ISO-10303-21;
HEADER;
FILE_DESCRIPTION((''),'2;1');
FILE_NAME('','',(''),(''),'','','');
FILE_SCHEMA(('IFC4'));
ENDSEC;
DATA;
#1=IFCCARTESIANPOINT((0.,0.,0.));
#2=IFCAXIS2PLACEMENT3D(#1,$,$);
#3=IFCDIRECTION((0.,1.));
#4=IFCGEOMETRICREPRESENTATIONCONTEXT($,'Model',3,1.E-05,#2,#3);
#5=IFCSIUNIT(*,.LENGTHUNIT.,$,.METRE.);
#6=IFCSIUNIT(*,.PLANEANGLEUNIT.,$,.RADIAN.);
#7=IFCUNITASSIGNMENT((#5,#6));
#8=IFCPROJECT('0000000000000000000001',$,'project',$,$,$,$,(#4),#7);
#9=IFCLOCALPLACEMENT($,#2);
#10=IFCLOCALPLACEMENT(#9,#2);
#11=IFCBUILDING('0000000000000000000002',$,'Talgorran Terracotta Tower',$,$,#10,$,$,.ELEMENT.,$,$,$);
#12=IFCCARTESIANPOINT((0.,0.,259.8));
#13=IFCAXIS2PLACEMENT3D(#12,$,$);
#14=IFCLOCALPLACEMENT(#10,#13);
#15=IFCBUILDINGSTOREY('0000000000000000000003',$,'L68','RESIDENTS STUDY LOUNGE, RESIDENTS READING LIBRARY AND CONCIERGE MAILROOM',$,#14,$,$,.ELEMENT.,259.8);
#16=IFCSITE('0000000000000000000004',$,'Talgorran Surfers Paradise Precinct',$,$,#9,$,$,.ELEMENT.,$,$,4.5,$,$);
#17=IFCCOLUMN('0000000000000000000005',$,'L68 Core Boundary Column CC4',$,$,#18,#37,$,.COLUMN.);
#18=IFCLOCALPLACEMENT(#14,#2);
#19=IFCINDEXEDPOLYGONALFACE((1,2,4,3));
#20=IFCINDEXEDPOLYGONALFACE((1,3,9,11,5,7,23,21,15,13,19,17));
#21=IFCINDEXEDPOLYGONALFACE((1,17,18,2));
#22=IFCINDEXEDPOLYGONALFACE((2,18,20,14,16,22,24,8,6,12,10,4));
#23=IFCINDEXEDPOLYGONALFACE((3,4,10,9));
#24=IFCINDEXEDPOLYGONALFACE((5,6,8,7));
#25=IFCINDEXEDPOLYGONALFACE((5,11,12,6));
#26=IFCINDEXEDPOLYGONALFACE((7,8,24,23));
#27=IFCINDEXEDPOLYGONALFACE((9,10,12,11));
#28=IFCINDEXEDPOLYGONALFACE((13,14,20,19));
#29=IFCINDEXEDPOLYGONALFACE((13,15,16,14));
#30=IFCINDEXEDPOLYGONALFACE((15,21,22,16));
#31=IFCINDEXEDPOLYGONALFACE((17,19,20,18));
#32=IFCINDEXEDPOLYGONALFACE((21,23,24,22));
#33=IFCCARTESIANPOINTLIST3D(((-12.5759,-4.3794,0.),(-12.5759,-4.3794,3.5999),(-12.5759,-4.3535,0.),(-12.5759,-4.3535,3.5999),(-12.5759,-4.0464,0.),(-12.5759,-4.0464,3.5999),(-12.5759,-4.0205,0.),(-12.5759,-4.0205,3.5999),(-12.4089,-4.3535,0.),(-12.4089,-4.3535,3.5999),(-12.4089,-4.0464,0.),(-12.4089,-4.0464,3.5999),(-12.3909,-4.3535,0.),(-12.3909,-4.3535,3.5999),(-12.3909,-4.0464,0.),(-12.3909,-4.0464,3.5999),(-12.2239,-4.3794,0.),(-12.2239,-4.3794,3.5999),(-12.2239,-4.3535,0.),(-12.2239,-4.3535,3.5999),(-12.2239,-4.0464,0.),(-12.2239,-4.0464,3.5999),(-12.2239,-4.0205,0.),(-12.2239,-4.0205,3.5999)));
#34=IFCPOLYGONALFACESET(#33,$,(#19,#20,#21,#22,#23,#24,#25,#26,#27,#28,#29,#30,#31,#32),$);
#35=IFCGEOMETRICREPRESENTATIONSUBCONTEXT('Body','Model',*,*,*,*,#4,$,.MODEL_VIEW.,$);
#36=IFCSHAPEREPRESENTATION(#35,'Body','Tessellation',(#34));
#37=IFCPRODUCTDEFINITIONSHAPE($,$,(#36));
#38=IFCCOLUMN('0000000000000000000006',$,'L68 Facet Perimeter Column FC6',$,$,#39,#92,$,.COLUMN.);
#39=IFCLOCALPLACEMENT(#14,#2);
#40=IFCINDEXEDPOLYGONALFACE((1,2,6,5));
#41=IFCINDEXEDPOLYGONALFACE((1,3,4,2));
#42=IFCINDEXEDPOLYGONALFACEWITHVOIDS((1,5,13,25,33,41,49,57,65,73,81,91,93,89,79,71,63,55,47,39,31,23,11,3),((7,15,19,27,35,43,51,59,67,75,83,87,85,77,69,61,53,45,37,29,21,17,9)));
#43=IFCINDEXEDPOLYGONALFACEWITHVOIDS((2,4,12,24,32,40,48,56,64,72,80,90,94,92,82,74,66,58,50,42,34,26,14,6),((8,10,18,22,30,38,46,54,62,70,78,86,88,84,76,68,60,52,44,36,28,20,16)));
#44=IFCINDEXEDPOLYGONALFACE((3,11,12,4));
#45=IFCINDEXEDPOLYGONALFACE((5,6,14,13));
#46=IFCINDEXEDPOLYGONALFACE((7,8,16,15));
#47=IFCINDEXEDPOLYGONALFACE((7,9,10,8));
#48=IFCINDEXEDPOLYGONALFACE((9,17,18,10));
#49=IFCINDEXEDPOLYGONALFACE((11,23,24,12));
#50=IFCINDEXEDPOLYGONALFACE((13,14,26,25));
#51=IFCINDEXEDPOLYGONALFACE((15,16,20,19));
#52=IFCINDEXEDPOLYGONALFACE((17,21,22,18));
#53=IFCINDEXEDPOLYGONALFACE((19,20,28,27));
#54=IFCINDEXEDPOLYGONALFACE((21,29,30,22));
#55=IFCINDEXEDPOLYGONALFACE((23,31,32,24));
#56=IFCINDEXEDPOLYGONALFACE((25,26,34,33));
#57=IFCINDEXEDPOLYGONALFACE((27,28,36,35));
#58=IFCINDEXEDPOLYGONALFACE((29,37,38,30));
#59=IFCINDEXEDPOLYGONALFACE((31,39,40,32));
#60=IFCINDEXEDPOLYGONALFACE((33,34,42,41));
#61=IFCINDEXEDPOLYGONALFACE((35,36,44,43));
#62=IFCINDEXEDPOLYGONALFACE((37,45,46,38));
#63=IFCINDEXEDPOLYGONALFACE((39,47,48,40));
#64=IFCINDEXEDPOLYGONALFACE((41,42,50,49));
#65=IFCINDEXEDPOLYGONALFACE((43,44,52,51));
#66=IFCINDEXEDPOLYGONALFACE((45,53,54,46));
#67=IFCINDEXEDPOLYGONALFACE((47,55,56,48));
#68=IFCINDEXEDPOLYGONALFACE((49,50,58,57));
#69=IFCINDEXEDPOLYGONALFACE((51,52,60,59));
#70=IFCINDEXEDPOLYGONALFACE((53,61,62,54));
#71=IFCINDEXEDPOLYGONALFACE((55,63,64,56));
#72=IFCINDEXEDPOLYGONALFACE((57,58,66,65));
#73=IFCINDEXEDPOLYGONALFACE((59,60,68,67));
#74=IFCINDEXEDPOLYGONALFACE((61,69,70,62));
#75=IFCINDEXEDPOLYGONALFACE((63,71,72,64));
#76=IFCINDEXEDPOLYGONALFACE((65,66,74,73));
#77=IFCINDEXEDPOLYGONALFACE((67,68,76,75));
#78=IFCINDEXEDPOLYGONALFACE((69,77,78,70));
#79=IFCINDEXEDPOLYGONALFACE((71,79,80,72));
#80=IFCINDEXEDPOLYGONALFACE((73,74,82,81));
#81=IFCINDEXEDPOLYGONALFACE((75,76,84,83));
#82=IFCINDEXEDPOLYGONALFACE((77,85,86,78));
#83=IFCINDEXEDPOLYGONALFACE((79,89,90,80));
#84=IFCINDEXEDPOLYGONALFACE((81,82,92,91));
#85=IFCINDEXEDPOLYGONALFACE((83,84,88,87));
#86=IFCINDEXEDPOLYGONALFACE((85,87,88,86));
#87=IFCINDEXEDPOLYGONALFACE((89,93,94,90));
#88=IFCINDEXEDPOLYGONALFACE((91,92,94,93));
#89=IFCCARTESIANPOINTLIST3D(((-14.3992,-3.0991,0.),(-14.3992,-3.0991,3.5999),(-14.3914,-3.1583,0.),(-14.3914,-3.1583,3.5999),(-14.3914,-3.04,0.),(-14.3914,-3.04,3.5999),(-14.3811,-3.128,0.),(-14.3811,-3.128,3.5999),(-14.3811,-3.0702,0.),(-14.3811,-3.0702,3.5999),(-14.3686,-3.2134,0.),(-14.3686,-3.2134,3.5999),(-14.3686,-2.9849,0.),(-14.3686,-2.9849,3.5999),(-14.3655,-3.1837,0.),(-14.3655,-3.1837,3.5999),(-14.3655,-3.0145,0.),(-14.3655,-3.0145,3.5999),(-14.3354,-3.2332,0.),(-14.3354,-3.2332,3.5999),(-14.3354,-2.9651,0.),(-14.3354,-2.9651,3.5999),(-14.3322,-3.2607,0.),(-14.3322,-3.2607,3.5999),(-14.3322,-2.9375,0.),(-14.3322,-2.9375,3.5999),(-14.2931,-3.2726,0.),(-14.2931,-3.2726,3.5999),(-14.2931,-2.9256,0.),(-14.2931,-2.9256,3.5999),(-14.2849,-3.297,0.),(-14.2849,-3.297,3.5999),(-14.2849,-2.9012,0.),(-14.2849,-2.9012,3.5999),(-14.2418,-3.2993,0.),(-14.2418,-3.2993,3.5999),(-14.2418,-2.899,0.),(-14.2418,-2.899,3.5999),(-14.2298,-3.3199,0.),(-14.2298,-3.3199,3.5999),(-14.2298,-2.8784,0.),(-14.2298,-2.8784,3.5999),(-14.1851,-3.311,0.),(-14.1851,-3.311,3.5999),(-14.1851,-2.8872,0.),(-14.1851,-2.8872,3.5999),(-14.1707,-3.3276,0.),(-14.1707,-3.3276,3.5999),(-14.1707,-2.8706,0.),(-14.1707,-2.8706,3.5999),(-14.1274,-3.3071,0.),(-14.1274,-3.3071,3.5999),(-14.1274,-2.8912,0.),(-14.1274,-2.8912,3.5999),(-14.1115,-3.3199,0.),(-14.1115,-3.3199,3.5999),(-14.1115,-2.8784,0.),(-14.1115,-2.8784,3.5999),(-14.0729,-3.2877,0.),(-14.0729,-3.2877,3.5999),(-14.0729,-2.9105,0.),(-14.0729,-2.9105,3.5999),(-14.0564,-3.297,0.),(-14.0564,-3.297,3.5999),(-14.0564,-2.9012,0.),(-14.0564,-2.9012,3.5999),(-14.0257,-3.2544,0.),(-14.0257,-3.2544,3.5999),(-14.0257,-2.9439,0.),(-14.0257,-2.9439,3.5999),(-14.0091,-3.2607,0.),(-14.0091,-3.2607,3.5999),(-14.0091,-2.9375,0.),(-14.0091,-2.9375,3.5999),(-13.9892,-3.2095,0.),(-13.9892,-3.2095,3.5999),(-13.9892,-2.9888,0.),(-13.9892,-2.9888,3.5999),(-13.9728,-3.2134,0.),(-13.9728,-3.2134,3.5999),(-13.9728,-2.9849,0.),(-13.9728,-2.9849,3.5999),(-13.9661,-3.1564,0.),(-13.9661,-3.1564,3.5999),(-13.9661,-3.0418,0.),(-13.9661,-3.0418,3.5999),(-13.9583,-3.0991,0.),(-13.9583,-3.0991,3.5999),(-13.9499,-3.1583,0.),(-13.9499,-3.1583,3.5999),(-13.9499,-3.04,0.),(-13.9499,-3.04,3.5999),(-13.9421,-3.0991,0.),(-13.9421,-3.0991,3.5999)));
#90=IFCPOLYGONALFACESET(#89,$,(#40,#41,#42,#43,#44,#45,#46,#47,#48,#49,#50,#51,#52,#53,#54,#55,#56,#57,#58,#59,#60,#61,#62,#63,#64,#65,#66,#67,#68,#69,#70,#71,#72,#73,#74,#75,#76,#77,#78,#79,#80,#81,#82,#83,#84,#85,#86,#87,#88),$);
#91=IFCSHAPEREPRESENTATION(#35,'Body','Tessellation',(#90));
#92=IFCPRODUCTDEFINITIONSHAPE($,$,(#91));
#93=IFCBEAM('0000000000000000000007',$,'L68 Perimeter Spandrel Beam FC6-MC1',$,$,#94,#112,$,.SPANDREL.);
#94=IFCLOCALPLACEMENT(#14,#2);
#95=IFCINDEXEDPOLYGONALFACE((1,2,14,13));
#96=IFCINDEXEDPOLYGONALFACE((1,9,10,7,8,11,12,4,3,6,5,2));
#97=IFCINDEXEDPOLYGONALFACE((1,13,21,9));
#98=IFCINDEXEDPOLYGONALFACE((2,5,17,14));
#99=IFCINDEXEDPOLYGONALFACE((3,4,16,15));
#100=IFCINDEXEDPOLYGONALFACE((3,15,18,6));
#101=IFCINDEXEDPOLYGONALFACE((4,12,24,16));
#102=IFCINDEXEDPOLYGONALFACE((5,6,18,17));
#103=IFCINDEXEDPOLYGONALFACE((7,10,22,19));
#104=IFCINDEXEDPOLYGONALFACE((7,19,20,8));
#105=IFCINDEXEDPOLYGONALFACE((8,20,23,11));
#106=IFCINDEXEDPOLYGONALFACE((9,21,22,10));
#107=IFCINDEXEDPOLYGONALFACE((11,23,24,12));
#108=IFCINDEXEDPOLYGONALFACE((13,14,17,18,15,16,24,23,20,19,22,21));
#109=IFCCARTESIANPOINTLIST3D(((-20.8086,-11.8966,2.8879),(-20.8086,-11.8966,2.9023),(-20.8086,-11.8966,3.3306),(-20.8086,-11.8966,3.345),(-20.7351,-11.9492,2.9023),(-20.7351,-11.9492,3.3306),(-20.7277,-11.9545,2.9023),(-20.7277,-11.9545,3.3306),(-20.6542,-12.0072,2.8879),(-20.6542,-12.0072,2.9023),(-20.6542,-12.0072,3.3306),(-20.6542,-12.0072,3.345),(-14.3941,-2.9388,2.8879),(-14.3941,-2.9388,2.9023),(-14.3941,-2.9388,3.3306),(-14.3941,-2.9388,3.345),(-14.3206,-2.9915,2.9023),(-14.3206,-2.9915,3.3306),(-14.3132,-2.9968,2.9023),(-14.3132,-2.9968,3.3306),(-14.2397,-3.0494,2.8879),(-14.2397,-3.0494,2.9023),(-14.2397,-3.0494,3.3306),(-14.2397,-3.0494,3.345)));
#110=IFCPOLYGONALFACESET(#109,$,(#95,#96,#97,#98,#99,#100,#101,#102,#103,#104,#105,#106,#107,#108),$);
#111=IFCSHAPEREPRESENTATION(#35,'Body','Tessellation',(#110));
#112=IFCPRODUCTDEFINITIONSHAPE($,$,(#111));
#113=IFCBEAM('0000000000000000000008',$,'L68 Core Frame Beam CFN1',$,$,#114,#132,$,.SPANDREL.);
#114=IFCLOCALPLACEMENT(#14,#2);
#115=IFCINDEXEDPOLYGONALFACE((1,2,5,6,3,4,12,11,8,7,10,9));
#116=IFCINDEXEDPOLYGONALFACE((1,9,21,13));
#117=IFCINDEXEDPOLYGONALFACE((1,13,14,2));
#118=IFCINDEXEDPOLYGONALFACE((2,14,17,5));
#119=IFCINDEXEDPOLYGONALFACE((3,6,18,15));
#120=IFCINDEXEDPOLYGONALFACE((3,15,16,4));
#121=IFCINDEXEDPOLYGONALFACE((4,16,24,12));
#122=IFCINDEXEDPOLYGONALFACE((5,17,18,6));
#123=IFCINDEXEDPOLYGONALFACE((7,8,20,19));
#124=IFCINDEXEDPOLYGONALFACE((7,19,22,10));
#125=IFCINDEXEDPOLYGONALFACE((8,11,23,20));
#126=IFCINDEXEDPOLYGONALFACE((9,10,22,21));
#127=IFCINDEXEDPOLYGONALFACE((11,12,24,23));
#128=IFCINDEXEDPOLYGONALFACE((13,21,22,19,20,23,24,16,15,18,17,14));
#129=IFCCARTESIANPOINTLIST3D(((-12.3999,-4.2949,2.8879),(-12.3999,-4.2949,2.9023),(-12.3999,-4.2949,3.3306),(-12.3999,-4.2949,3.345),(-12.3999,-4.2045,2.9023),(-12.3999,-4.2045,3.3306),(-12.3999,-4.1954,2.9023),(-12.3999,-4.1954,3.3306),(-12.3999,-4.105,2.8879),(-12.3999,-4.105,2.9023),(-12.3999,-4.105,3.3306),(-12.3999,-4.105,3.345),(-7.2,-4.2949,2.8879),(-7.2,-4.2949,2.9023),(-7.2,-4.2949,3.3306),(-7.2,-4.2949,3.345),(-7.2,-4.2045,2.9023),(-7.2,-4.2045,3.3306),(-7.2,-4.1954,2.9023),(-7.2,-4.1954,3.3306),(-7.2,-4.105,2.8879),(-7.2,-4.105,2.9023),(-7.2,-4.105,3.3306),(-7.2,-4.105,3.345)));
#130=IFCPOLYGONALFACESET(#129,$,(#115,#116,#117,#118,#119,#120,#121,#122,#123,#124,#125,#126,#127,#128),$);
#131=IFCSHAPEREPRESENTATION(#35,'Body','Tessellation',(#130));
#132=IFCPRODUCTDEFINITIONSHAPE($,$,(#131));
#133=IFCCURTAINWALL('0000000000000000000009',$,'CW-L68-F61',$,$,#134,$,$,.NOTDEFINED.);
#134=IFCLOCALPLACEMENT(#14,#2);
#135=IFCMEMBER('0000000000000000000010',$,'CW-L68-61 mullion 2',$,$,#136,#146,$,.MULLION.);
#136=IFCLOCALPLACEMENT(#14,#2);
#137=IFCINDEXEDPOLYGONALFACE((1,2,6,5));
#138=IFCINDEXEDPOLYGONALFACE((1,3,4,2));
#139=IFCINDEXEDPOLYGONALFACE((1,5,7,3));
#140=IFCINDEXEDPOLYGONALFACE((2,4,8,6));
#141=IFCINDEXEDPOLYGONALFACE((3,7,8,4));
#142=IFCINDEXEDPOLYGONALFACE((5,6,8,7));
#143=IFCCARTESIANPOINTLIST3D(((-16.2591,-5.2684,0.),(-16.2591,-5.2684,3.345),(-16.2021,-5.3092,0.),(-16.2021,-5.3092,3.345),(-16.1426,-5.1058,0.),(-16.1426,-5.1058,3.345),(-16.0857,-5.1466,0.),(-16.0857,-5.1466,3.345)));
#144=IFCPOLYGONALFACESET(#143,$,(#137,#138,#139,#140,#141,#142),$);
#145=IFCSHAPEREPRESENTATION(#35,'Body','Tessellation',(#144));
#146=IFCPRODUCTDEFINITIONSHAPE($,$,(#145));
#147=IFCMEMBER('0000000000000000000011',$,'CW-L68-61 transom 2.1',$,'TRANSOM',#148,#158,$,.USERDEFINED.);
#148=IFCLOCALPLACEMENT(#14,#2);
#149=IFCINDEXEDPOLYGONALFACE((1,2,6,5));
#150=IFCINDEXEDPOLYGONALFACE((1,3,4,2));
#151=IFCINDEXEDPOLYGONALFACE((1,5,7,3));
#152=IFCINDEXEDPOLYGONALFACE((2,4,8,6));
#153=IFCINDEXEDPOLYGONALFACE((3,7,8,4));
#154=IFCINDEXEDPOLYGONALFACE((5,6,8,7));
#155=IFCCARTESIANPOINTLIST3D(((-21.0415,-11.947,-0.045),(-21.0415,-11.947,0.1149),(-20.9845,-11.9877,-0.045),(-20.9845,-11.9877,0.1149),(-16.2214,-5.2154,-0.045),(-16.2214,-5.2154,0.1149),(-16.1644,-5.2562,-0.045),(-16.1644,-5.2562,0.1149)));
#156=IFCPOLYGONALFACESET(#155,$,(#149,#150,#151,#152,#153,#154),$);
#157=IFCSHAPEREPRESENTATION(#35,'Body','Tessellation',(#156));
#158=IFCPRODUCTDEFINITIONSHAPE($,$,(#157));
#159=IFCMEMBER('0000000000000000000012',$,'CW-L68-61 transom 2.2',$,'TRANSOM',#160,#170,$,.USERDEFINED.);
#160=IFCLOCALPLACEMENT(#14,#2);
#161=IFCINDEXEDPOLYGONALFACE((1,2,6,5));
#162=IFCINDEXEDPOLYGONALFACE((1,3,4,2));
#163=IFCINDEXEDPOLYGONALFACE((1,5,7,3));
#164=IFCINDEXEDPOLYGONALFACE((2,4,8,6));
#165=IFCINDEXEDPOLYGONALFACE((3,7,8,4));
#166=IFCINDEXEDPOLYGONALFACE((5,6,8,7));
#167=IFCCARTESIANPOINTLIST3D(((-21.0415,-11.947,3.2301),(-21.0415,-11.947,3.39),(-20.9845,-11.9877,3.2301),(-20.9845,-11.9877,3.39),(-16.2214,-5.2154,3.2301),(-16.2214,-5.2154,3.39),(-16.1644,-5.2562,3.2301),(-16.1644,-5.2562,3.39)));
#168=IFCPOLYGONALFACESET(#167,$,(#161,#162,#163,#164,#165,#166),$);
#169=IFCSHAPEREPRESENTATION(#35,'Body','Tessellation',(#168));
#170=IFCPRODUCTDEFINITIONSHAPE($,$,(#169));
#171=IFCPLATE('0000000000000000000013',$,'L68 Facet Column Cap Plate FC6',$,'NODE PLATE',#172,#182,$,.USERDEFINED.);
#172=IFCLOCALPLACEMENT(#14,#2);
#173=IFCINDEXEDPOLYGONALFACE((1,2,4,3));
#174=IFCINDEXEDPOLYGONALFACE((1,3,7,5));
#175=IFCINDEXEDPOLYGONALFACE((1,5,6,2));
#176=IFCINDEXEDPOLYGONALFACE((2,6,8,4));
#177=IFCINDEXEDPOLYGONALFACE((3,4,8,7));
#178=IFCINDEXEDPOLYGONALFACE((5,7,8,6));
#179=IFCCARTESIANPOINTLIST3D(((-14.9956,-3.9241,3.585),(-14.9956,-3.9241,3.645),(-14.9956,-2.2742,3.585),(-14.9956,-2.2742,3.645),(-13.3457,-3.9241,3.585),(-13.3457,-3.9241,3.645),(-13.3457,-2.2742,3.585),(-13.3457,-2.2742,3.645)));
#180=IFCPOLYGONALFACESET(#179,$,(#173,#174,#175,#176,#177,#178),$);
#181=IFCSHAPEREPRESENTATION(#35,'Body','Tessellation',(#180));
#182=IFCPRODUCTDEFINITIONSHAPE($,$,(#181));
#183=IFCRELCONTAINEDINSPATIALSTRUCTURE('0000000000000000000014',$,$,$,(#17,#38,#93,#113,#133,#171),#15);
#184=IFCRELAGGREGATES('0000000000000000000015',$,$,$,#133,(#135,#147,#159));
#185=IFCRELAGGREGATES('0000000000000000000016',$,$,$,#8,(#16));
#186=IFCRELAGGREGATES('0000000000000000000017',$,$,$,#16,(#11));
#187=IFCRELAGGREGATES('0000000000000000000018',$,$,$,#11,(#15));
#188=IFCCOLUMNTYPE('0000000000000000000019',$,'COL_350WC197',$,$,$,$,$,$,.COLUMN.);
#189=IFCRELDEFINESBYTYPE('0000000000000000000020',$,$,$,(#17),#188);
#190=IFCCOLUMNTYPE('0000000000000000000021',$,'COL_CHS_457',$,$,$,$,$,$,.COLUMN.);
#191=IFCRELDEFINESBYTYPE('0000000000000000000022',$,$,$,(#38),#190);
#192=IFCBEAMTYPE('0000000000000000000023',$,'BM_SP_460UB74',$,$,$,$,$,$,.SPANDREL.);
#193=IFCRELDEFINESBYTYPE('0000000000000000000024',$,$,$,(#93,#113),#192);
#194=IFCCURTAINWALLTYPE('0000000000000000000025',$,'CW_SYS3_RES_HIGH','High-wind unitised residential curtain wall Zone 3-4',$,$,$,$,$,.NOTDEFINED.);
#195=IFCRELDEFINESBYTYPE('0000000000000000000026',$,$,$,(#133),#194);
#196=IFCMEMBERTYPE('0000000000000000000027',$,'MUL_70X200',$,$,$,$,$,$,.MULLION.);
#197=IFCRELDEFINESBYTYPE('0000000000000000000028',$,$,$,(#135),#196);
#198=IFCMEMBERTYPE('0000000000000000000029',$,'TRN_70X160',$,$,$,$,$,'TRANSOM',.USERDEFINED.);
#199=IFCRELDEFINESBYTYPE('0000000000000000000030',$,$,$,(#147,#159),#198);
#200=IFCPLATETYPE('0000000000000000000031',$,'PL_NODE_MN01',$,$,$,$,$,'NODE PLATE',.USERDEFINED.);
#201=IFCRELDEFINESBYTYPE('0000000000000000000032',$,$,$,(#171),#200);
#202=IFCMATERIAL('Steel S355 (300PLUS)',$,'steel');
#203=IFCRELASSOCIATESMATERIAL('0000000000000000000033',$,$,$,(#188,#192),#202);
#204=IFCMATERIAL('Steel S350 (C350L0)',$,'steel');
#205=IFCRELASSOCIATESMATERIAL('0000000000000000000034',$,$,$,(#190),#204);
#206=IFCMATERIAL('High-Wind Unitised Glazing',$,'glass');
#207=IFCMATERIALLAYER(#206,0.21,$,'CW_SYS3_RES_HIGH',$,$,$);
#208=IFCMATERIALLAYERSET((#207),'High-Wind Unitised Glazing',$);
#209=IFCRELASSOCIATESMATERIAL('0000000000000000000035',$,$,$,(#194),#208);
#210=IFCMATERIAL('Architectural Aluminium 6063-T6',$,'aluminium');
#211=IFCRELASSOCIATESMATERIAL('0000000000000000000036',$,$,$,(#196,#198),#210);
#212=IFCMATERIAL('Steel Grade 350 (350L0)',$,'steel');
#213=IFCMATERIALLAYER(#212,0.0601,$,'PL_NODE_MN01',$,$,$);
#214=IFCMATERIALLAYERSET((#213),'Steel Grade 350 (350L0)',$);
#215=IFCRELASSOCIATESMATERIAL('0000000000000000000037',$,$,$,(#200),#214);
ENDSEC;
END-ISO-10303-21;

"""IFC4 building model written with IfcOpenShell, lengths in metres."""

from ifc_helpers import new_model, si_unit, direction, frame, origin, origin_2d, place, context, subcontext, project, spatial, rectangle, hollow_circle, i_section, extrude, material, layer, layer_set, material_profile, profile_set, type_object, element, aggregate, save


model = new_model("IFC4")

# Units and contexts
model_context = context("Model", 3, precision=1e-05, world=origin(), true_north=direction((0.0, 1.0)))
body_context = subcontext(model_context, "Body", "Model", "MODEL_VIEW")
ifc_project = project(units=[si_unit("LENGTHUNIT", "METRE"), si_unit("PLANEANGLEUNIT", "RADIAN")], contexts=[model_context])

# Site, building, storey
site_placement = place(None, origin())
site = spatial("IfcSite", under=ifc_project, at=site_placement, Name="Talgorran Surfers Paradise Precinct", CompositionType="ELEMENT", RefElevation=4.5)
building_placement = place(site_placement, origin())
building = spatial("IfcBuilding", under=site, at=building_placement, Name="Talgorran Terracotta Tower", CompositionType="ELEMENT")
storey_placement = place(building_placement, frame((0.0, 0.0, 259.8)))
storey = spatial("IfcBuildingStorey", under=building, at=storey_placement, Name="L68", Description="RESIDENTS STUDY LOUNGE, RESIDENTS READING LIBRARY AND CONCIERGE MAILROOM", CompositionType="ELEMENT", Elevation=259.8)

# Columns
ifc_material_1 = material(Name="Steel S355 (300PLUS)", Category="steel")
ifc_material_profile_1 = material_profile(ifc_material_1, i_section(OverallWidth=0.3521, OverallDepth=0.3589, WebThickness=0.0181, FlangeThickness=0.0259, at=origin_2d()), Name="350WC197")
ifc_profile_set_1 = profile_set([ifc_material_profile_1], Name="Steel S355 (300PLUS)")
column_type_1 = type_object("IfcColumnType", Name="COL_350WC197", PredefinedType="COLUMN", material=ifc_profile_set_1)
column_1_placement = place(storey_placement, frame((-12.3999, -4.2, 0.0), z_axis=(0.0, 0.0, 1.0), x_axis=(1.0, 0.0, 0.0)))
element("IfcColumn", 1, at=column_1_placement, inside=storey, type_object=column_type_1, Name="L68 Core Boundary Column CC4", PredefinedType="COLUMN", context=body_context, shape_type="SweptSolid", body=[
    extrude(i_section(OverallWidth=0.3521, OverallDepth=0.3589, WebThickness=0.0181, FlangeThickness=0.0259, at=origin_2d()), origin(), (0.0, 0.0, 1.0), 3.5999),
])
ifc_material_2 = material(Name="Steel S350 (C350L0)", Category="steel")
ifc_material_profile_2 = material_profile(ifc_material_2, hollow_circle(Radius=0.2285, WallThickness=0.0161, at=origin_2d()), Name="CHS457X16")
ifc_profile_set_2 = profile_set([ifc_material_profile_2], Name="Steel S350 (C350L0)")
column_type_2 = type_object("IfcColumnType", Name="COL_CHS_457", PredefinedType="COLUMN", material=ifc_profile_set_2)
column_2_placement = place(storey_placement, frame((-14.1707, -3.0991, 0.0), z_axis=(0.0, 0.0, 1.0), x_axis=(1.0, 0.0, 0.0)))
element("IfcColumn", 2, at=column_2_placement, inside=storey, type_object=column_type_2, Name="L68 Facet Perimeter Column FC6", PredefinedType="COLUMN", context=body_context, shape_type="SweptSolid", body=[
    extrude(hollow_circle(Radius=0.2285, WallThickness=0.0161, at=origin_2d()), origin(), (0.0, 0.0, 1.0), 3.5999),
])

# Beams
ifc_material_profile_3 = material_profile(ifc_material_1, i_section(OverallWidth=0.1899, OverallDepth=0.457, WebThickness=0.009, FlangeThickness=0.0144, at=origin_2d()), Name="460UB74.6")
ifc_profile_set_3 = profile_set([ifc_material_profile_3], Name="Steel S355 (300PLUS)")
beam_type = type_object("IfcBeamType", Name="BM_SP_460UB74", PredefinedType="SPANDREL", material=ifc_profile_set_3)
beam_1_placement = place(storey_placement, frame((-14.3169, -2.9941, 3.1165), z_axis=(-0.582208, -0.81304, 0.0), x_axis=(0.81304, -0.582208, 0.0)))
element("IfcBeam", 3, at=beam_1_placement, inside=storey, type_object=beam_type, Name="L68 Perimeter Spandrel Beam FC6-MC1", PredefinedType="SPANDREL", context=body_context, shape_type="SweptSolid", body=[
    extrude(i_section(OverallWidth=0.1899, OverallDepth=0.457, WebThickness=0.009, FlangeThickness=0.0144, at=origin_2d()), origin(), (0.0, 0.0, 1.0), 11.0176),
])
beam_2_placement = place(storey_placement, frame((-12.3999, -4.2, 3.1165), z_axis=(1.0, 0.0, 0.0), x_axis=(0.0, 1.0, 0.0)))
element("IfcBeam", 4, at=beam_2_placement, inside=storey, type_object=beam_type, Name="L68 Core Frame Beam CFN1", PredefinedType="SPANDREL", context=body_context, shape_type="SweptSolid", body=[
    extrude(i_section(OverallWidth=0.1899, OverallDepth=0.457, WebThickness=0.009, FlangeThickness=0.0144, at=origin_2d()), origin(), (0.0, 0.0, 1.0), 5.2),
])

# Curtain wall, members
ifc_material_3 = material(Name="High-Wind Unitised Glazing", Category="glass")
ifc_layer_1 = layer(ifc_material_3, 0.21, Name="CW_SYS3_RES_HIGH")
ifc_layer_set_1 = layer_set([ifc_layer_1], Name="High-Wind Unitised Glazing")
curtain_wall_type = type_object("IfcCurtainWallType", Name="CW_SYS3_RES_HIGH", Description="High-wind unitised residential curtain wall Zone 3-4", PredefinedType="NOTDEFINED", material=ifc_layer_set_1)
curtain_wall_placement = place(storey_placement, origin())
curtain_wall = element("IfcCurtainWall", 5, at=curtain_wall_placement, inside=storey, type_object=curtain_wall_type, Name="CW-L68-F61", PredefinedType="NOTDEFINED")
ifc_material_4 = material(Name="Architectural Aluminium 6063-T6", Category="aluminium")
ifc_material_profile_4 = material_profile(ifc_material_4, rectangle(XDim=0.0701, YDim=0.2, at=origin_2d()), Name="CWM70X200")
ifc_profile_set_4 = profile_set([ifc_material_profile_4], Name="Architectural Aluminium 6063-T6")
member_type_1 = type_object("IfcMemberType", Name="MUL_70X200", PredefinedType="MULLION", material=ifc_profile_set_4)
member_1_placement = place(storey_placement, frame((-16.1724, -5.2075, 0.0), z_axis=(0.0, 0.0, 1.0), x_axis=(0.813041, -0.582206, 0.0)))
member_1 = element("IfcMember", 6, at=member_1_placement, type_object=member_type_1, Name="CW-L68-61 mullion 2", PredefinedType="MULLION", context=body_context, shape_type="SweptSolid", body=[
    extrude(rectangle(XDim=0.0701, YDim=0.2, at=origin_2d()), origin(), (0.0, 0.0, 1.0), 3.345),
])
ifc_material_profile_5 = material_profile(ifc_material_4, rectangle(XDim=0.0701, YDim=0.1599, at=origin_2d()), Name="CWT70X160")
ifc_profile_set_5 = profile_set([ifc_material_profile_5], Name="Architectural Aluminium 6063-T6")
member_type_2 = type_object("IfcMemberType", Name="TRN_70X160", ElementType="TRANSOM", PredefinedType="USERDEFINED", material=ifc_profile_set_5)
member_2_placement = place(storey_placement, frame((-16.1929, -5.2358, 0.0349), z_axis=(-0.582189, -0.813053, 0.0), x_axis=(0.813053, -0.582189, 0.0)))
member_2 = element("IfcMember", 7, at=member_2_placement, type_object=member_type_2, Name="CW-L68-61 transom 2.1", ObjectType="TRANSOM", PredefinedType="USERDEFINED", context=body_context, shape_type="SweptSolid", body=[
    extrude(rectangle(XDim=0.0701, YDim=0.1599, at=origin_2d()), origin(), (0.0, 0.0, 1.0), 8.2793),
])
member_3_placement = place(storey_placement, frame((-16.1929, -5.2358, 3.3101), z_axis=(-0.582189, -0.813053, 0.0), x_axis=(0.813053, -0.582189, 0.0)))
member_3 = element("IfcMember", 8, at=member_3_placement, type_object=member_type_2, Name="CW-L68-61 transom 2.2", ObjectType="TRANSOM", PredefinedType="USERDEFINED", context=body_context, shape_type="SweptSolid", body=[
    extrude(rectangle(XDim=0.0701, YDim=0.1599, at=origin_2d()), origin(), (0.0, 0.0, 1.0), 8.2793),
])

# Plate
ifc_material_5 = material(Name="Steel Grade 350 (350L0)", Category="steel")
ifc_layer_2 = layer(ifc_material_5, 0.0601, Name="PL_NODE_MN01")
ifc_layer_set_2 = layer_set([ifc_layer_2], Name="Steel Grade 350 (350L0)")
plate_type_1 = type_object("IfcPlateType", Name="PL_NODE_MN01", ElementType="NODE PLATE", PredefinedType="USERDEFINED", material=ifc_layer_set_2)
plate_1_placement = place(storey_placement, frame((-14.1707, -3.0991, 3.585), z_axis=(0.0, 0.0, 1.0), x_axis=(1.0, 0.0, 0.0)))
element("IfcPlate", 9, at=plate_1_placement, inside=storey, type_object=plate_type_1, Name="L68 Facet Column Cap Plate FC6", ObjectType="NODE PLATE", PredefinedType="USERDEFINED", context=body_context, shape_type="SweptSolid", body=[
    extrude(rectangle(XDim=1.6499, YDim=1.6499, at=origin_2d()), origin(), (0.0, 0.0, 1.0), 0.0601),
])
aggregate(curtain_wall, [member_1, member_2, member_3])

save(model, "model.ifc")
